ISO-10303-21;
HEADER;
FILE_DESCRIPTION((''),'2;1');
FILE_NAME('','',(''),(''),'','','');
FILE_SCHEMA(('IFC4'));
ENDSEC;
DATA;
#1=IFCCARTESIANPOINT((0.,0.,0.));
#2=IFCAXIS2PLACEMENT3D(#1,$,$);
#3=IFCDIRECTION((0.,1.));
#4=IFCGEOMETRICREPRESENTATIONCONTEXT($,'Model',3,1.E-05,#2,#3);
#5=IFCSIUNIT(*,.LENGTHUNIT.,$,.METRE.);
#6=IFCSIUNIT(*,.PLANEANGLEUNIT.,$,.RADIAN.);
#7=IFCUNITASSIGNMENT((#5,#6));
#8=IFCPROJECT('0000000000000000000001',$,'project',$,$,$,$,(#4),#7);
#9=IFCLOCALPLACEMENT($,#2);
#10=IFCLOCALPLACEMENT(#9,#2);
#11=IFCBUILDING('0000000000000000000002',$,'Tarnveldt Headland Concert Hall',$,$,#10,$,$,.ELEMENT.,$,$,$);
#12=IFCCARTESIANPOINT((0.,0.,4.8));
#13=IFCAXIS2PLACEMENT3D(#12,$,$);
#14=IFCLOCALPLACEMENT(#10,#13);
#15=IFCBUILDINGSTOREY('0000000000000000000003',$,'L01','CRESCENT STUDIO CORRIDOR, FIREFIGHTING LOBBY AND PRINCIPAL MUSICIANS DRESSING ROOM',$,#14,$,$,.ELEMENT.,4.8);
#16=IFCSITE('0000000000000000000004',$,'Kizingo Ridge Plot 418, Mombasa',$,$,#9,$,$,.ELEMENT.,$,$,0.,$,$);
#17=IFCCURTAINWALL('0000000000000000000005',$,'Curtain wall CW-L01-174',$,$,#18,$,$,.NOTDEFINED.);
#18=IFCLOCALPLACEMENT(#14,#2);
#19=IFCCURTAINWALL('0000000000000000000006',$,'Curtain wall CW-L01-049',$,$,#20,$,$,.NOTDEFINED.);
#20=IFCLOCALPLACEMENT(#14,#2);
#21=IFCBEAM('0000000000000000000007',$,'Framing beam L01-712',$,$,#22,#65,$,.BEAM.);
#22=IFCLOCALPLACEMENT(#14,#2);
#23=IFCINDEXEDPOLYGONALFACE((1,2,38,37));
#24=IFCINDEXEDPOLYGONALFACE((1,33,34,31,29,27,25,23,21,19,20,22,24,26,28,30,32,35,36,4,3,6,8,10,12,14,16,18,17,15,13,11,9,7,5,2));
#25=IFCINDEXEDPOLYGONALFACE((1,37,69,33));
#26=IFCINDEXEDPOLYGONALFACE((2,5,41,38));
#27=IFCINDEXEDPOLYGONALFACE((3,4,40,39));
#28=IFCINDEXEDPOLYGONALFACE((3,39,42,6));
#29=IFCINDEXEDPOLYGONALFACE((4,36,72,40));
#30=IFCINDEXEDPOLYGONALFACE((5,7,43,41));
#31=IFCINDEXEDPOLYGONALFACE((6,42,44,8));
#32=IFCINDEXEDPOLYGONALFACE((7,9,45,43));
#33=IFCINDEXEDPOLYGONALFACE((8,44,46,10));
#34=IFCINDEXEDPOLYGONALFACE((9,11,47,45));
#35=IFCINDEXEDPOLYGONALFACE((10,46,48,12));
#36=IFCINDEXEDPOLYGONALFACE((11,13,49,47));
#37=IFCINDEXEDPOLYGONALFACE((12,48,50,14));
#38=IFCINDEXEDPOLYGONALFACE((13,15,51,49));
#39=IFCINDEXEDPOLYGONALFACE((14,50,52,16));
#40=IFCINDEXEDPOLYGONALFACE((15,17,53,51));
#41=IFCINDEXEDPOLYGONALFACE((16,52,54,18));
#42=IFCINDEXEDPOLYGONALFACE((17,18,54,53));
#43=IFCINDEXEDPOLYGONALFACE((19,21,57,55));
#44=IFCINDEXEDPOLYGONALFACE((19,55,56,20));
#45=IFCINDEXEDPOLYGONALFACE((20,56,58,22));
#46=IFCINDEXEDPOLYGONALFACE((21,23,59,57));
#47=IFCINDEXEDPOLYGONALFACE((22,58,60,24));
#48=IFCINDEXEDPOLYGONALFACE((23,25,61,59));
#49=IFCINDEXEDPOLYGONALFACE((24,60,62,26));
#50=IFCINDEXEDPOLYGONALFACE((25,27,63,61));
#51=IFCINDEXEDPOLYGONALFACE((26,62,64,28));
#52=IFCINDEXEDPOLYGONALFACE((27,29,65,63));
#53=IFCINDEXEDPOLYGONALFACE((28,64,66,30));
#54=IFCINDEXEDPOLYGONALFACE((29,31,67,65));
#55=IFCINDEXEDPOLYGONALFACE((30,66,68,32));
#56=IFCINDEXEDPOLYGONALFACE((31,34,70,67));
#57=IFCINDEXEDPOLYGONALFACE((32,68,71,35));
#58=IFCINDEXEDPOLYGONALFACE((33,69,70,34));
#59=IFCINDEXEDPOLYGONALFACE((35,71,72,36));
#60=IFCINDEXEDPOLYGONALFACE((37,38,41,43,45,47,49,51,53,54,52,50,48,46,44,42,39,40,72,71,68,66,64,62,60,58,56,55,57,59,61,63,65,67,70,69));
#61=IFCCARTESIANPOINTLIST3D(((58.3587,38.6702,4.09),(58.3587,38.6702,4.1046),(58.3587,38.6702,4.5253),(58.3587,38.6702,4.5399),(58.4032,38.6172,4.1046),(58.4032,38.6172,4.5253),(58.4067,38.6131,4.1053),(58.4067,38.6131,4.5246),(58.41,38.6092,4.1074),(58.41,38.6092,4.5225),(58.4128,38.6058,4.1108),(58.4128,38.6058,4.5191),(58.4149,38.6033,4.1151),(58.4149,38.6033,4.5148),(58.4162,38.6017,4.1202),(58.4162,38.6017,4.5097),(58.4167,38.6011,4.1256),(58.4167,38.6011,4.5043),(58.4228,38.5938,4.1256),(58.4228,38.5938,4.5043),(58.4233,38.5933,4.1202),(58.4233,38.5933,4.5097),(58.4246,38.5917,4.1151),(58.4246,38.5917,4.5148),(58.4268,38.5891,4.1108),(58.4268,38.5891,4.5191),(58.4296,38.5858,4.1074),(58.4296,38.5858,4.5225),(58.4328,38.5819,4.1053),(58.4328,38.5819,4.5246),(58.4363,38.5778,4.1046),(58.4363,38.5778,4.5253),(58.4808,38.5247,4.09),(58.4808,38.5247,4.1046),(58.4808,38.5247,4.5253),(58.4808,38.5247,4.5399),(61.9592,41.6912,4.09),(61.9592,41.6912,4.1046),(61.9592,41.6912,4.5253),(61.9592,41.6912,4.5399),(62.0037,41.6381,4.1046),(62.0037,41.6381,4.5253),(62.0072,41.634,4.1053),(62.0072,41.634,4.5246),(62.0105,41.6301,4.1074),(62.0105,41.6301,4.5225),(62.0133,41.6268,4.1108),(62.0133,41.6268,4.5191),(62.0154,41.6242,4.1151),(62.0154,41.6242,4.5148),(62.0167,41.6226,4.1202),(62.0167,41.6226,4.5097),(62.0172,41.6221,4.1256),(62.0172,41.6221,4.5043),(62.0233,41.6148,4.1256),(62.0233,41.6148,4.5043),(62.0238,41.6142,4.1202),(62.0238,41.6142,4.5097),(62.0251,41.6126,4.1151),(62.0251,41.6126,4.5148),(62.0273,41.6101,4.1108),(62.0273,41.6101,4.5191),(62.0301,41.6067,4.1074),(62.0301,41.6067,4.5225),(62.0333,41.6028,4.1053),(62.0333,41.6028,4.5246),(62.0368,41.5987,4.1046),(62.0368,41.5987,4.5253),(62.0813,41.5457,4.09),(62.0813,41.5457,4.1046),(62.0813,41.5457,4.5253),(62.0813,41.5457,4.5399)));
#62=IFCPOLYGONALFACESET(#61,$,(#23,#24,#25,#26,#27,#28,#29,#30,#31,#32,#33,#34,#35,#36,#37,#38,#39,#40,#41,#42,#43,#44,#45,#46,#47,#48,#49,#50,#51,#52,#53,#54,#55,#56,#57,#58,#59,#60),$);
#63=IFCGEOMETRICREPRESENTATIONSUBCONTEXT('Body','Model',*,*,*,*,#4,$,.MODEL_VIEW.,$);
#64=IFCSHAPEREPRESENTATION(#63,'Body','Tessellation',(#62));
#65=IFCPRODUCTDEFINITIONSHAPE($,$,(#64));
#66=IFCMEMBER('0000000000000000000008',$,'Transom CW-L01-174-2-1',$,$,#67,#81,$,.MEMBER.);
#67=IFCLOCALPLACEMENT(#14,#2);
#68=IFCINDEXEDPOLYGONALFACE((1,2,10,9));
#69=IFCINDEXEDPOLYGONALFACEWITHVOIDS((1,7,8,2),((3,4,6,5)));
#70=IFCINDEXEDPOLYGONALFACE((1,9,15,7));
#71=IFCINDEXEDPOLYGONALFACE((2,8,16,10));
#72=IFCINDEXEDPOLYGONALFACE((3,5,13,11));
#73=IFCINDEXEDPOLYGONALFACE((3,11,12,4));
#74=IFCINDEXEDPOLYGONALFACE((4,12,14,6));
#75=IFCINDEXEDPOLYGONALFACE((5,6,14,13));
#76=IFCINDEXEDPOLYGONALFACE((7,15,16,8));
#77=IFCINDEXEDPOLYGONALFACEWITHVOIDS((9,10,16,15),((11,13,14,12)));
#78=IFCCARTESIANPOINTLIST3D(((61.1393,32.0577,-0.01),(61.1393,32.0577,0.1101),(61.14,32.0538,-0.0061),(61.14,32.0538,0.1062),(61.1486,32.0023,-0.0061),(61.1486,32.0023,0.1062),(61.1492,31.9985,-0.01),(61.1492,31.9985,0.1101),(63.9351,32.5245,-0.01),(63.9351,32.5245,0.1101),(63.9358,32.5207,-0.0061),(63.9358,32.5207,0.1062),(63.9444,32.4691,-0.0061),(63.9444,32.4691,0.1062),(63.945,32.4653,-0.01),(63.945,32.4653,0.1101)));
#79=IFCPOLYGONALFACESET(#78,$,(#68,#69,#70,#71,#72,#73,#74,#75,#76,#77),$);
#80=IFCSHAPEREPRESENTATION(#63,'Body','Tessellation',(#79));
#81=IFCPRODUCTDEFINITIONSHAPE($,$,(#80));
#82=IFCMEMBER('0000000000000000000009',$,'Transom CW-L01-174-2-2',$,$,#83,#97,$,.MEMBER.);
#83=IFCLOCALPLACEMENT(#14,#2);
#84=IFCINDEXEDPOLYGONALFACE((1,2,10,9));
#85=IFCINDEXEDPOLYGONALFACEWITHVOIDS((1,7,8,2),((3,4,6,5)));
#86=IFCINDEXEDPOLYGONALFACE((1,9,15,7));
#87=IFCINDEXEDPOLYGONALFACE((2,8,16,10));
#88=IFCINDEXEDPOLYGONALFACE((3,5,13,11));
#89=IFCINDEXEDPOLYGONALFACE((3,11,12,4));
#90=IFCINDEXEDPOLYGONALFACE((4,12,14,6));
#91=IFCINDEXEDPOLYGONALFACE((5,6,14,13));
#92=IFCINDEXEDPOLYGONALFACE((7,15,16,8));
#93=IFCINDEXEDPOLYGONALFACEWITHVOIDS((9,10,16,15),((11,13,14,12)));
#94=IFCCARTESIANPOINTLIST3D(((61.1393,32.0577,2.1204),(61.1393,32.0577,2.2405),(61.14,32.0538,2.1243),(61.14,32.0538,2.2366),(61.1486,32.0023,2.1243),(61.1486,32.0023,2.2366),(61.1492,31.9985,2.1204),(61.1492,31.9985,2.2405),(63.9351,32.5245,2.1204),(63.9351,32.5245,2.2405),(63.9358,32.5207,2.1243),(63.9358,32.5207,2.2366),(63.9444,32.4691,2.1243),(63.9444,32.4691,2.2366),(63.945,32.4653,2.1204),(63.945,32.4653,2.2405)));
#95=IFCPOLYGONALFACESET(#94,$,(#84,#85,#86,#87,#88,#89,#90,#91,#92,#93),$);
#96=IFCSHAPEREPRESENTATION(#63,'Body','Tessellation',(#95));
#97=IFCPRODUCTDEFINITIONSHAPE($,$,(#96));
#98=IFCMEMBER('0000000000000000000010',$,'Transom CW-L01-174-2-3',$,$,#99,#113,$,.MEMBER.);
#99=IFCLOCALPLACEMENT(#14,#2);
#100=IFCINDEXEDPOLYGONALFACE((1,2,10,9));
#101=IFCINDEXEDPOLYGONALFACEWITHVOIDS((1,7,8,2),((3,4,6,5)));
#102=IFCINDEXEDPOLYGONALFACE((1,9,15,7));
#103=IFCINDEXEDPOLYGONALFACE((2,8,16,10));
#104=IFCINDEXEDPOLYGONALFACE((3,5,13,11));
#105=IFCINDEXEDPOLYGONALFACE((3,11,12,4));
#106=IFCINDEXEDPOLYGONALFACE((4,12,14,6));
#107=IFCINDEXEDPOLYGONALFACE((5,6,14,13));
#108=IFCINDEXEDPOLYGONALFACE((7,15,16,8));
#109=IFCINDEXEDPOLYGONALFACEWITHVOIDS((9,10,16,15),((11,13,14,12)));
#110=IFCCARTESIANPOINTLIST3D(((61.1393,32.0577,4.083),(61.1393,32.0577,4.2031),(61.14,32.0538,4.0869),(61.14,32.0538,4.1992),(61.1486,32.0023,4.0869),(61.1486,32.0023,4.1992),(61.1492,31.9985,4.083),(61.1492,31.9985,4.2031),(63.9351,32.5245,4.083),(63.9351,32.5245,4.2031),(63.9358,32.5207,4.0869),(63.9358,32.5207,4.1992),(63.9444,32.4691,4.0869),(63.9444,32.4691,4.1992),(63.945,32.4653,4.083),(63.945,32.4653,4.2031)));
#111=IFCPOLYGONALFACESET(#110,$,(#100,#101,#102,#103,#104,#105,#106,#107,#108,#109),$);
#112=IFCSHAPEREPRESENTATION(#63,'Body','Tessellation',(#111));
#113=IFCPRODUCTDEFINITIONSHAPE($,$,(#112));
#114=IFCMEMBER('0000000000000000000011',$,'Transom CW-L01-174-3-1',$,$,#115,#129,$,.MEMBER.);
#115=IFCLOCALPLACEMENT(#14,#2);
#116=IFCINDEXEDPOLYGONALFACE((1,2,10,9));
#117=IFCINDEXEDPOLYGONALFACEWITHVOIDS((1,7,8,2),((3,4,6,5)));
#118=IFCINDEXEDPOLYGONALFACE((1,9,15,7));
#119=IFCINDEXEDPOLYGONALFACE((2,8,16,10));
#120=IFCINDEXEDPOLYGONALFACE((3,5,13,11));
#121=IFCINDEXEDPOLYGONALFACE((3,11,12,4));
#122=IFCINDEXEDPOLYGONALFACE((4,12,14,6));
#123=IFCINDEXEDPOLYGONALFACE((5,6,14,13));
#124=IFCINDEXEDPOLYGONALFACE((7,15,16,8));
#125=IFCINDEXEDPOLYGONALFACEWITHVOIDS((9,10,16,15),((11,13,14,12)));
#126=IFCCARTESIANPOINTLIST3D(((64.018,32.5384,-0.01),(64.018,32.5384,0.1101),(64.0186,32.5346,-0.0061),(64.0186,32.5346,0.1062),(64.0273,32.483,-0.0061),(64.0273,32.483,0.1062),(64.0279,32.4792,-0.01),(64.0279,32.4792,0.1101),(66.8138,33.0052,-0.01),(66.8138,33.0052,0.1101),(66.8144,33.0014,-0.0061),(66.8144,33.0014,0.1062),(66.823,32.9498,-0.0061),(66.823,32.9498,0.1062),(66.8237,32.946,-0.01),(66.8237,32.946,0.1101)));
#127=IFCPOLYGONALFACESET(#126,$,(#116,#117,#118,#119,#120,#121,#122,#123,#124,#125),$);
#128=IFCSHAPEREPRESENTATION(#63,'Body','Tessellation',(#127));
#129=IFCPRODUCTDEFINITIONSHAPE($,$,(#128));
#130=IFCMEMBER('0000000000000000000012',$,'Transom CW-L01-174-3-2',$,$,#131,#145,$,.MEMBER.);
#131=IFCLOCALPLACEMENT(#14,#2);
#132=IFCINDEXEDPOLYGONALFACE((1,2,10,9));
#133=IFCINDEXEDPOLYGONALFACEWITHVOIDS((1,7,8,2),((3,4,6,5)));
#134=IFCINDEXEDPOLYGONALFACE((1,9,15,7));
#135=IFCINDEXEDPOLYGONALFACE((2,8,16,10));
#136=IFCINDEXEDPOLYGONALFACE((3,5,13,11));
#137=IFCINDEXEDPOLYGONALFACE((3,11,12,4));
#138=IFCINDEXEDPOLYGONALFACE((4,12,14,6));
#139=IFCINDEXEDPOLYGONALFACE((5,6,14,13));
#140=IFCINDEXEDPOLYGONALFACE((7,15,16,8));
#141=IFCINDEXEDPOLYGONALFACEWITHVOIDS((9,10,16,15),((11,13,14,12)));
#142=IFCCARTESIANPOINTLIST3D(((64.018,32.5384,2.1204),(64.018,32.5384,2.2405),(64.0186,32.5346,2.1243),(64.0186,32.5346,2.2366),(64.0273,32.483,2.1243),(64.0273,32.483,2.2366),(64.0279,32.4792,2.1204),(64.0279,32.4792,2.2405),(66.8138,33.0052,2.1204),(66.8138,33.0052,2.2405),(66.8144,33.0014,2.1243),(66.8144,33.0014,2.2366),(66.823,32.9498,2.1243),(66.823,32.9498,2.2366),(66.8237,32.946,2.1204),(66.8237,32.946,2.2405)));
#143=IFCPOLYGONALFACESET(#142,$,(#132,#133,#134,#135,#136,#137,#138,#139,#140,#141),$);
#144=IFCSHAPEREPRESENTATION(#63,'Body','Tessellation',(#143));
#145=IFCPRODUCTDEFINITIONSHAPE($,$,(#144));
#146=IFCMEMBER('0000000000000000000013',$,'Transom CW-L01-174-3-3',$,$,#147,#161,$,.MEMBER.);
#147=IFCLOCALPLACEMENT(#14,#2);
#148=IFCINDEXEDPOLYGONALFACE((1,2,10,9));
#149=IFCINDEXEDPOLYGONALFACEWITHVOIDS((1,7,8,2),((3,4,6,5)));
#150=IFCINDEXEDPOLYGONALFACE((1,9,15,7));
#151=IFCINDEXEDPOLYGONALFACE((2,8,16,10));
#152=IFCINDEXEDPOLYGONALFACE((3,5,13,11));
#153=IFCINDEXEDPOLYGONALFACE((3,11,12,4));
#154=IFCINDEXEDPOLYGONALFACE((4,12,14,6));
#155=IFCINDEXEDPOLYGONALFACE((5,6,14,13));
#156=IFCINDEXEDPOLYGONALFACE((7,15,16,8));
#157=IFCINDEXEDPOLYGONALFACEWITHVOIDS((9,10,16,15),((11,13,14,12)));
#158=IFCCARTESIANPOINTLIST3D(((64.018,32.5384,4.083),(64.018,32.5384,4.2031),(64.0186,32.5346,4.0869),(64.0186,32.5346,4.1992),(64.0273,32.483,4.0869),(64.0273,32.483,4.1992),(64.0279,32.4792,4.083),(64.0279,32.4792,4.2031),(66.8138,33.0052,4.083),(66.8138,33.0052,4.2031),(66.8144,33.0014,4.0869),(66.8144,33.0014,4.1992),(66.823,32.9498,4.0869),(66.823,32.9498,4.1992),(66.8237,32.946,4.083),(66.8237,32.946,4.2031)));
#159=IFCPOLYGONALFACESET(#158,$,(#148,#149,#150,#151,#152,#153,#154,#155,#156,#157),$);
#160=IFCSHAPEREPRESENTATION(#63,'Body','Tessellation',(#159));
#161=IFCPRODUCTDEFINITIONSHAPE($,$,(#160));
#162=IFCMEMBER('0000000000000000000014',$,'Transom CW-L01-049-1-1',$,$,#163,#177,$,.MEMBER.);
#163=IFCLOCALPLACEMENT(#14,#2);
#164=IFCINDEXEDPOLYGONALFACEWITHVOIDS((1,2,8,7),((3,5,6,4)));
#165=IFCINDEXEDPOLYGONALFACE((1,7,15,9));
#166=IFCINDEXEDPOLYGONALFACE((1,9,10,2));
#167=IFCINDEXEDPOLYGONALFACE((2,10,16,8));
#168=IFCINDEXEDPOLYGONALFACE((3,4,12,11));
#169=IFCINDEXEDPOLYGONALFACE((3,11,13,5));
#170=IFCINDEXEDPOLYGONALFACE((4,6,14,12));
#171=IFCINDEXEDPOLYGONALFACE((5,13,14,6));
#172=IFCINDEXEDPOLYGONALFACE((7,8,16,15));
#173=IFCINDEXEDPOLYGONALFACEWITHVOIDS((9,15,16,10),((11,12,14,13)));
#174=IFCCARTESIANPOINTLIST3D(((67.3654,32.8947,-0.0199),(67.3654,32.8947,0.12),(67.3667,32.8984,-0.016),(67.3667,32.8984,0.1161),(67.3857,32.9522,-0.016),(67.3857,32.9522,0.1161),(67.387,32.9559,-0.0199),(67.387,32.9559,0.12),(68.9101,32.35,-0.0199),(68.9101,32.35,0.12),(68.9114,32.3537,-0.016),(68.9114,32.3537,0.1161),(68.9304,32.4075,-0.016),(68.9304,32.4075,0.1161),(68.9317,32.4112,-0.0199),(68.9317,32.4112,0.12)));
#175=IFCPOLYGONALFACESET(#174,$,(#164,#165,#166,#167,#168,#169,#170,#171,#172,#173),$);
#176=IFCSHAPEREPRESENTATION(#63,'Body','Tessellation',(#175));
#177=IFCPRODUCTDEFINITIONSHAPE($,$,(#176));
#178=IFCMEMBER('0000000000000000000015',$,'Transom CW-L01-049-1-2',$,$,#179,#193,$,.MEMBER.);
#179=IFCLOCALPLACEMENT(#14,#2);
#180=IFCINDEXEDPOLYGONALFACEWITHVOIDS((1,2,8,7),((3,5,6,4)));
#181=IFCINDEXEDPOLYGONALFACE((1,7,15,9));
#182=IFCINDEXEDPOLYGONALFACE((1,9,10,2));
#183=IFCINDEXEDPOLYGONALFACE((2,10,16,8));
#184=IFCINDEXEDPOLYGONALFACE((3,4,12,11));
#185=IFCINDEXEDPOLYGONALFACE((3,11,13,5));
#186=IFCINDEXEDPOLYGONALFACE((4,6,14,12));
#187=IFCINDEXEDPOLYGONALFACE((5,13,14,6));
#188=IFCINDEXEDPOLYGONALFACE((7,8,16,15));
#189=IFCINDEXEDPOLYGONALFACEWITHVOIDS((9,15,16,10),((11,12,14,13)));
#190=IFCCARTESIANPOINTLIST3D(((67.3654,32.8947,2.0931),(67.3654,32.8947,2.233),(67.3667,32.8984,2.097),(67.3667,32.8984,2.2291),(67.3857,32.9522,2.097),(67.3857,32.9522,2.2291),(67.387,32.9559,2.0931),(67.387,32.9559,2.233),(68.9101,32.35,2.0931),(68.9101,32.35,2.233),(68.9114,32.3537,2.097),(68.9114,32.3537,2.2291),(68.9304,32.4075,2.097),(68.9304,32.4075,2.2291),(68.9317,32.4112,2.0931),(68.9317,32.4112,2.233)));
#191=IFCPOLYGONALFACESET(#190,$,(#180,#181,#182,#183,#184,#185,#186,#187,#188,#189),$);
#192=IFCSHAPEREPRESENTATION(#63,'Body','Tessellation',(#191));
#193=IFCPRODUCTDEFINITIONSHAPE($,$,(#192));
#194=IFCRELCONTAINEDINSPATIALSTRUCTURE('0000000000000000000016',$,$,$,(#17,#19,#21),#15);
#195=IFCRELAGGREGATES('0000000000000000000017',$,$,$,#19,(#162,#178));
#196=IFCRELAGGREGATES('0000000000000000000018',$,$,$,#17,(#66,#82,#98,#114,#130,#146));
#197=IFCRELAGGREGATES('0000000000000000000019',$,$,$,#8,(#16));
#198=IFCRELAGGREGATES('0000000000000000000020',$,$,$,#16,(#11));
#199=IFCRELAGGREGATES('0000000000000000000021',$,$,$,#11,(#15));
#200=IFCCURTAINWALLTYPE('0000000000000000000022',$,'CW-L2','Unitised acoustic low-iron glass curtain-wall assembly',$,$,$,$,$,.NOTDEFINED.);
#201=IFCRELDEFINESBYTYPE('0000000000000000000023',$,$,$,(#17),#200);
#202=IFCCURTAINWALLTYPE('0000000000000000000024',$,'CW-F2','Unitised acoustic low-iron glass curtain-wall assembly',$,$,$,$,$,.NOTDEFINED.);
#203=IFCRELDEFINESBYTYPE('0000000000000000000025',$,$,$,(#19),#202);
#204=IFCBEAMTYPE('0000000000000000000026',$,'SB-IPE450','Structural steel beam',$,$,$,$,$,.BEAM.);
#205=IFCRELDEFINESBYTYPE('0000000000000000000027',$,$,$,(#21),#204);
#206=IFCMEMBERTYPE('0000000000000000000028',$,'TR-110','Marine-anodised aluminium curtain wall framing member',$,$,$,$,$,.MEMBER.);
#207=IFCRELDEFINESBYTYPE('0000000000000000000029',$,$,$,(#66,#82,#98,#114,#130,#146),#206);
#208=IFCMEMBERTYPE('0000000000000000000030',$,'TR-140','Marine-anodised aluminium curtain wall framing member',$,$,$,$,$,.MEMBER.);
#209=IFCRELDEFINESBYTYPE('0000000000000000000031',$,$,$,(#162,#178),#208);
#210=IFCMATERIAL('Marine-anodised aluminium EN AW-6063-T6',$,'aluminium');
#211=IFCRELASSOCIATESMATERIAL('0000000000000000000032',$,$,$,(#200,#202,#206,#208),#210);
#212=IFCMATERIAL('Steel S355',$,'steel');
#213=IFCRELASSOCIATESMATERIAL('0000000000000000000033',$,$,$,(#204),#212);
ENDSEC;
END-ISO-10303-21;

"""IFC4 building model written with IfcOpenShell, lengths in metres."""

from ifc_helpers import new_model, si_unit, direction, frame, origin, origin_2d, place, context, subcontext, project, spatial, hollow_rectangle, i_section, extrude, material, material_profile, profile_set, type_object, element, aggregate, save


model = new_model("IFC4")

# Units and contexts
model_context = context("Model", 3, precision=1e-05, world=origin(), true_north=direction((0.0, 1.0)))
body_context = subcontext(model_context, "Body", "Model", "MODEL_VIEW")
ifc_project = project(units=[si_unit("LENGTHUNIT", "METRE"), si_unit("PLANEANGLEUNIT", "RADIAN")], contexts=[model_context])

# Site, building, storey
site_placement = place(None, origin())
site = spatial("IfcSite", under=ifc_project, at=site_placement, Name="Kizingo Ridge Plot 418, Mombasa", CompositionType="ELEMENT", RefElevation=0.0)
building_placement = place(site_placement, origin())
building = spatial("IfcBuilding", under=site, at=building_placement, Name="Tarnveldt Headland Concert Hall", CompositionType="ELEMENT")
storey_placement = place(building_placement, frame((0.0, 0.0, 4.8)))
storey = spatial("IfcBuildingStorey", under=building, at=storey_placement, Name="L01", Description="CRESCENT STUDIO CORRIDOR, FIREFIGHTING LOBBY AND PRINCIPAL MUSICIANS DRESSING ROOM", CompositionType="ELEMENT", Elevation=4.8)

# Shared definitions
ifc_material_1 = material(Name="Steel S355", Category="steel")

# Curtain wall
ifc_material_2 = material(Name="Marine-anodised aluminium EN AW-6063-T6", Category="aluminium")
curtain_wall_type_1 = type_object("IfcCurtainWallType", Name="CW-L2", Description="Unitised acoustic low-iron glass curtain-wall assembly", PredefinedType="NOTDEFINED", material=ifc_material_2)
curtain_wall_1_placement = place(storey_placement, origin())
curtain_wall_1 = element("IfcCurtainWall", 1, at=curtain_wall_1_placement, inside=storey, type_object=curtain_wall_type_1, Name="Curtain wall CW-L01-174", PredefinedType="NOTDEFINED")

# Curtain wall
curtain_wall_type_2 = type_object("IfcCurtainWallType", Name="CW-F2", Description="Unitised acoustic low-iron glass curtain-wall assembly", PredefinedType="NOTDEFINED", material=ifc_material_2)
curtain_wall_2_placement = place(storey_placement, origin())
curtain_wall_2 = element("IfcCurtainWall", 2, at=curtain_wall_2_placement, inside=storey, type_object=curtain_wall_type_2, Name="Curtain wall CW-L01-049", PredefinedType="NOTDEFINED")

# Beam
ifc_material_profile_1 = material_profile(ifc_material_1, i_section(OverallWidth=0.1899, OverallDepth=0.45, WebThickness=0.0095, FlangeThickness=0.0146, FilletRadius=0.021, at=origin_2d()), Name="IPE450", Category="steel")
ifc_profile_set_1 = profile_set([ifc_material_profile_1], Name="Steel S355")
beam_type_1 = type_object("IfcBeamType", Name="SB-IPE450", Description="Structural steel beam", PredefinedType="BEAM", material=ifc_profile_set_1)
beam_1_placement = place(storey_placement, frame((62.0203, 41.6184, 4.3149), z_axis=(-0.766071, -0.642756, 0.0), x_axis=(0.642756, -0.766071, 0.0)))
element("IfcBeam", 3, at=beam_1_placement, inside=storey, type_object=beam_type_1, Name="Framing beam L01-712", PredefinedType="BEAM", context=body_context, shape_type="SweptSolid", body=[
    extrude(i_section(OverallWidth=0.1899, OverallDepth=0.45, WebThickness=0.0095, FlangeThickness=0.0146, FilletRadius=0.021, at=origin_2d()), origin(), (0.0, 0.0, 1.0), 4.7),
])

# Members
ifc_material_profile_2 = material_profile(ifc_material_2, hollow_rectangle(XDim=0.0601, YDim=0.1201, WallThickness=0.0039, at=origin_2d()), Name="ALU TRANSOM 60x120x4", Category="aluminium")
ifc_profile_set_2 = profile_set([ifc_material_profile_2], Name="Marine-anodised aluminium EN AW-6063-T6")
member_type_1 = type_object("IfcMemberType", Name="TR-110", Description="Marine-anodised aluminium curtain wall framing member", PredefinedType="MEMBER", material=ifc_profile_set_2)
member_1_placement = place(storey_placement, frame((61.1443, 32.0281, 0.05), z_axis=(0.986345, 0.164692, 0.0), x_axis=(-0.164692, 0.986345, 0.0)))
member_1 = element("IfcMember", 4, at=member_1_placement, type_object=member_type_1, Name="Transom CW-L01-174-2-1", PredefinedType="MEMBER", context=body_context, shape_type="SweptSolid", body=[
    extrude(hollow_rectangle(XDim=0.0601, YDim=0.1201, WallThickness=0.0039, at=origin_2d()), origin(), (0.0, 0.0, 1.0), 2.8345),
])
member_2_placement = place(storey_placement, frame((61.1443, 32.0281, 2.1804), z_axis=(0.986345, 0.164692, 0.0), x_axis=(-0.164692, 0.986345, 0.0)))
member_2 = element("IfcMember", 5, at=member_2_placement, type_object=member_type_1, Name="Transom CW-L01-174-2-2", PredefinedType="MEMBER", context=body_context, shape_type="SweptSolid", body=[
    extrude(hollow_rectangle(XDim=0.0601, YDim=0.1201, WallThickness=0.0039, at=origin_2d()), origin(), (0.0, 0.0, 1.0), 2.8345),
])
member_3_placement = place(storey_placement, frame((61.1443, 32.0281, 4.1431), z_axis=(0.986345, 0.164692, 0.0), x_axis=(-0.164692, 0.986345, 0.0)))
member_3 = element("IfcMember", 6, at=member_3_placement, type_object=member_type_1, Name="Transom CW-L01-174-2-3", PredefinedType="MEMBER", context=body_context, shape_type="SweptSolid", body=[
    extrude(hollow_rectangle(XDim=0.0601, YDim=0.1201, WallThickness=0.0039, at=origin_2d()), origin(), (0.0, 0.0, 1.0), 2.8345),
])
member_4_placement = place(storey_placement, frame((64.0229, 32.5088, 0.05), z_axis=(0.986345, 0.164692, 0.0), x_axis=(-0.164692, 0.986345, 0.0)))
member_4 = element("IfcMember", 7, at=member_4_placement, type_object=member_type_1, Name="Transom CW-L01-174-3-1", PredefinedType="MEMBER", context=body_context, shape_type="SweptSolid", body=[
    extrude(hollow_rectangle(XDim=0.0601, YDim=0.1201, WallThickness=0.0039, at=origin_2d()), origin(), (0.0, 0.0, 1.0), 2.8345),
])
member_5_placement = place(storey_placement, frame((64.0229, 32.5088, 2.1804), z_axis=(0.986345, 0.164692, 0.0), x_axis=(-0.164692, 0.986345, 0.0)))
member_5 = element("IfcMember", 8, at=member_5_placement, type_object=member_type_1, Name="Transom CW-L01-174-3-2", PredefinedType="MEMBER", context=body_context, shape_type="SweptSolid", body=[
    extrude(hollow_rectangle(XDim=0.0601, YDim=0.1201, WallThickness=0.0039, at=origin_2d()), origin(), (0.0, 0.0, 1.0), 2.8345),
])
member_6_placement = place(storey_placement, frame((64.0229, 32.5088, 4.1431), z_axis=(0.986345, 0.164692, 0.0), x_axis=(-0.164692, 0.986345, 0.0)))
member_6 = element("IfcMember", 9, at=member_6_placement, type_object=member_type_1, Name="Transom CW-L01-174-3-3", PredefinedType="MEMBER", context=body_context, shape_type="SweptSolid", body=[
    extrude(hollow_rectangle(XDim=0.0601, YDim=0.1201, WallThickness=0.0039, at=origin_2d()), origin(), (0.0, 0.0, 1.0), 2.8345),
])
ifc_material_profile_3 = material_profile(ifc_material_2, hollow_rectangle(XDim=0.0649, YDim=0.1399, WallThickness=0.0039, at=origin_2d()), Name="ALU TRANSOM 65x140x4", Category="aluminium")
ifc_profile_set_3 = profile_set([ifc_material_profile_3], Name="Marine-anodised aluminium EN AW-6063-T6")
member_type_2 = type_object("IfcMemberType", Name="TR-140", Description="Marine-anodised aluminium curtain wall framing member", PredefinedType="MEMBER", material=ifc_profile_set_3)
member_7_placement = place(storey_placement, frame((67.3762, 32.9253, 0.05), z_axis=(0.943087, -0.332547, 0.0), x_axis=(0.332547, 0.943087, 0.0)))
member_7 = element("IfcMember", 10, at=member_7_placement, type_object=member_type_2, Name="Transom CW-L01-049-1-1", PredefinedType="MEMBER", context=body_context, shape_type="SweptSolid", body=[
    extrude(hollow_rectangle(XDim=0.0649, YDim=0.1399, WallThickness=0.0039, at=origin_2d()), origin(), (0.0, 0.0, 1.0), 1.6379),
])
member_8_placement = place(storey_placement, frame((67.3762, 32.9253, 2.1631), z_axis=(0.943087, -0.332547, 0.0), x_axis=(0.332547, 0.943087, 0.0)))
member_8 = element("IfcMember", 11, at=member_8_placement, type_object=member_type_2, Name="Transom CW-L01-049-1-2", PredefinedType="MEMBER", context=body_context, shape_type="SweptSolid", body=[
    extrude(hollow_rectangle(XDim=0.0649, YDim=0.1399, WallThickness=0.0039, at=origin_2d()), origin(), (0.0, 0.0, 1.0), 1.6379),
])

aggregate(curtain_wall_2, [member_7, member_8])
aggregate(curtain_wall_1, [member_1, member_2, member_3, member_4, member_5, member_6])

save(model, "model.ifc")
